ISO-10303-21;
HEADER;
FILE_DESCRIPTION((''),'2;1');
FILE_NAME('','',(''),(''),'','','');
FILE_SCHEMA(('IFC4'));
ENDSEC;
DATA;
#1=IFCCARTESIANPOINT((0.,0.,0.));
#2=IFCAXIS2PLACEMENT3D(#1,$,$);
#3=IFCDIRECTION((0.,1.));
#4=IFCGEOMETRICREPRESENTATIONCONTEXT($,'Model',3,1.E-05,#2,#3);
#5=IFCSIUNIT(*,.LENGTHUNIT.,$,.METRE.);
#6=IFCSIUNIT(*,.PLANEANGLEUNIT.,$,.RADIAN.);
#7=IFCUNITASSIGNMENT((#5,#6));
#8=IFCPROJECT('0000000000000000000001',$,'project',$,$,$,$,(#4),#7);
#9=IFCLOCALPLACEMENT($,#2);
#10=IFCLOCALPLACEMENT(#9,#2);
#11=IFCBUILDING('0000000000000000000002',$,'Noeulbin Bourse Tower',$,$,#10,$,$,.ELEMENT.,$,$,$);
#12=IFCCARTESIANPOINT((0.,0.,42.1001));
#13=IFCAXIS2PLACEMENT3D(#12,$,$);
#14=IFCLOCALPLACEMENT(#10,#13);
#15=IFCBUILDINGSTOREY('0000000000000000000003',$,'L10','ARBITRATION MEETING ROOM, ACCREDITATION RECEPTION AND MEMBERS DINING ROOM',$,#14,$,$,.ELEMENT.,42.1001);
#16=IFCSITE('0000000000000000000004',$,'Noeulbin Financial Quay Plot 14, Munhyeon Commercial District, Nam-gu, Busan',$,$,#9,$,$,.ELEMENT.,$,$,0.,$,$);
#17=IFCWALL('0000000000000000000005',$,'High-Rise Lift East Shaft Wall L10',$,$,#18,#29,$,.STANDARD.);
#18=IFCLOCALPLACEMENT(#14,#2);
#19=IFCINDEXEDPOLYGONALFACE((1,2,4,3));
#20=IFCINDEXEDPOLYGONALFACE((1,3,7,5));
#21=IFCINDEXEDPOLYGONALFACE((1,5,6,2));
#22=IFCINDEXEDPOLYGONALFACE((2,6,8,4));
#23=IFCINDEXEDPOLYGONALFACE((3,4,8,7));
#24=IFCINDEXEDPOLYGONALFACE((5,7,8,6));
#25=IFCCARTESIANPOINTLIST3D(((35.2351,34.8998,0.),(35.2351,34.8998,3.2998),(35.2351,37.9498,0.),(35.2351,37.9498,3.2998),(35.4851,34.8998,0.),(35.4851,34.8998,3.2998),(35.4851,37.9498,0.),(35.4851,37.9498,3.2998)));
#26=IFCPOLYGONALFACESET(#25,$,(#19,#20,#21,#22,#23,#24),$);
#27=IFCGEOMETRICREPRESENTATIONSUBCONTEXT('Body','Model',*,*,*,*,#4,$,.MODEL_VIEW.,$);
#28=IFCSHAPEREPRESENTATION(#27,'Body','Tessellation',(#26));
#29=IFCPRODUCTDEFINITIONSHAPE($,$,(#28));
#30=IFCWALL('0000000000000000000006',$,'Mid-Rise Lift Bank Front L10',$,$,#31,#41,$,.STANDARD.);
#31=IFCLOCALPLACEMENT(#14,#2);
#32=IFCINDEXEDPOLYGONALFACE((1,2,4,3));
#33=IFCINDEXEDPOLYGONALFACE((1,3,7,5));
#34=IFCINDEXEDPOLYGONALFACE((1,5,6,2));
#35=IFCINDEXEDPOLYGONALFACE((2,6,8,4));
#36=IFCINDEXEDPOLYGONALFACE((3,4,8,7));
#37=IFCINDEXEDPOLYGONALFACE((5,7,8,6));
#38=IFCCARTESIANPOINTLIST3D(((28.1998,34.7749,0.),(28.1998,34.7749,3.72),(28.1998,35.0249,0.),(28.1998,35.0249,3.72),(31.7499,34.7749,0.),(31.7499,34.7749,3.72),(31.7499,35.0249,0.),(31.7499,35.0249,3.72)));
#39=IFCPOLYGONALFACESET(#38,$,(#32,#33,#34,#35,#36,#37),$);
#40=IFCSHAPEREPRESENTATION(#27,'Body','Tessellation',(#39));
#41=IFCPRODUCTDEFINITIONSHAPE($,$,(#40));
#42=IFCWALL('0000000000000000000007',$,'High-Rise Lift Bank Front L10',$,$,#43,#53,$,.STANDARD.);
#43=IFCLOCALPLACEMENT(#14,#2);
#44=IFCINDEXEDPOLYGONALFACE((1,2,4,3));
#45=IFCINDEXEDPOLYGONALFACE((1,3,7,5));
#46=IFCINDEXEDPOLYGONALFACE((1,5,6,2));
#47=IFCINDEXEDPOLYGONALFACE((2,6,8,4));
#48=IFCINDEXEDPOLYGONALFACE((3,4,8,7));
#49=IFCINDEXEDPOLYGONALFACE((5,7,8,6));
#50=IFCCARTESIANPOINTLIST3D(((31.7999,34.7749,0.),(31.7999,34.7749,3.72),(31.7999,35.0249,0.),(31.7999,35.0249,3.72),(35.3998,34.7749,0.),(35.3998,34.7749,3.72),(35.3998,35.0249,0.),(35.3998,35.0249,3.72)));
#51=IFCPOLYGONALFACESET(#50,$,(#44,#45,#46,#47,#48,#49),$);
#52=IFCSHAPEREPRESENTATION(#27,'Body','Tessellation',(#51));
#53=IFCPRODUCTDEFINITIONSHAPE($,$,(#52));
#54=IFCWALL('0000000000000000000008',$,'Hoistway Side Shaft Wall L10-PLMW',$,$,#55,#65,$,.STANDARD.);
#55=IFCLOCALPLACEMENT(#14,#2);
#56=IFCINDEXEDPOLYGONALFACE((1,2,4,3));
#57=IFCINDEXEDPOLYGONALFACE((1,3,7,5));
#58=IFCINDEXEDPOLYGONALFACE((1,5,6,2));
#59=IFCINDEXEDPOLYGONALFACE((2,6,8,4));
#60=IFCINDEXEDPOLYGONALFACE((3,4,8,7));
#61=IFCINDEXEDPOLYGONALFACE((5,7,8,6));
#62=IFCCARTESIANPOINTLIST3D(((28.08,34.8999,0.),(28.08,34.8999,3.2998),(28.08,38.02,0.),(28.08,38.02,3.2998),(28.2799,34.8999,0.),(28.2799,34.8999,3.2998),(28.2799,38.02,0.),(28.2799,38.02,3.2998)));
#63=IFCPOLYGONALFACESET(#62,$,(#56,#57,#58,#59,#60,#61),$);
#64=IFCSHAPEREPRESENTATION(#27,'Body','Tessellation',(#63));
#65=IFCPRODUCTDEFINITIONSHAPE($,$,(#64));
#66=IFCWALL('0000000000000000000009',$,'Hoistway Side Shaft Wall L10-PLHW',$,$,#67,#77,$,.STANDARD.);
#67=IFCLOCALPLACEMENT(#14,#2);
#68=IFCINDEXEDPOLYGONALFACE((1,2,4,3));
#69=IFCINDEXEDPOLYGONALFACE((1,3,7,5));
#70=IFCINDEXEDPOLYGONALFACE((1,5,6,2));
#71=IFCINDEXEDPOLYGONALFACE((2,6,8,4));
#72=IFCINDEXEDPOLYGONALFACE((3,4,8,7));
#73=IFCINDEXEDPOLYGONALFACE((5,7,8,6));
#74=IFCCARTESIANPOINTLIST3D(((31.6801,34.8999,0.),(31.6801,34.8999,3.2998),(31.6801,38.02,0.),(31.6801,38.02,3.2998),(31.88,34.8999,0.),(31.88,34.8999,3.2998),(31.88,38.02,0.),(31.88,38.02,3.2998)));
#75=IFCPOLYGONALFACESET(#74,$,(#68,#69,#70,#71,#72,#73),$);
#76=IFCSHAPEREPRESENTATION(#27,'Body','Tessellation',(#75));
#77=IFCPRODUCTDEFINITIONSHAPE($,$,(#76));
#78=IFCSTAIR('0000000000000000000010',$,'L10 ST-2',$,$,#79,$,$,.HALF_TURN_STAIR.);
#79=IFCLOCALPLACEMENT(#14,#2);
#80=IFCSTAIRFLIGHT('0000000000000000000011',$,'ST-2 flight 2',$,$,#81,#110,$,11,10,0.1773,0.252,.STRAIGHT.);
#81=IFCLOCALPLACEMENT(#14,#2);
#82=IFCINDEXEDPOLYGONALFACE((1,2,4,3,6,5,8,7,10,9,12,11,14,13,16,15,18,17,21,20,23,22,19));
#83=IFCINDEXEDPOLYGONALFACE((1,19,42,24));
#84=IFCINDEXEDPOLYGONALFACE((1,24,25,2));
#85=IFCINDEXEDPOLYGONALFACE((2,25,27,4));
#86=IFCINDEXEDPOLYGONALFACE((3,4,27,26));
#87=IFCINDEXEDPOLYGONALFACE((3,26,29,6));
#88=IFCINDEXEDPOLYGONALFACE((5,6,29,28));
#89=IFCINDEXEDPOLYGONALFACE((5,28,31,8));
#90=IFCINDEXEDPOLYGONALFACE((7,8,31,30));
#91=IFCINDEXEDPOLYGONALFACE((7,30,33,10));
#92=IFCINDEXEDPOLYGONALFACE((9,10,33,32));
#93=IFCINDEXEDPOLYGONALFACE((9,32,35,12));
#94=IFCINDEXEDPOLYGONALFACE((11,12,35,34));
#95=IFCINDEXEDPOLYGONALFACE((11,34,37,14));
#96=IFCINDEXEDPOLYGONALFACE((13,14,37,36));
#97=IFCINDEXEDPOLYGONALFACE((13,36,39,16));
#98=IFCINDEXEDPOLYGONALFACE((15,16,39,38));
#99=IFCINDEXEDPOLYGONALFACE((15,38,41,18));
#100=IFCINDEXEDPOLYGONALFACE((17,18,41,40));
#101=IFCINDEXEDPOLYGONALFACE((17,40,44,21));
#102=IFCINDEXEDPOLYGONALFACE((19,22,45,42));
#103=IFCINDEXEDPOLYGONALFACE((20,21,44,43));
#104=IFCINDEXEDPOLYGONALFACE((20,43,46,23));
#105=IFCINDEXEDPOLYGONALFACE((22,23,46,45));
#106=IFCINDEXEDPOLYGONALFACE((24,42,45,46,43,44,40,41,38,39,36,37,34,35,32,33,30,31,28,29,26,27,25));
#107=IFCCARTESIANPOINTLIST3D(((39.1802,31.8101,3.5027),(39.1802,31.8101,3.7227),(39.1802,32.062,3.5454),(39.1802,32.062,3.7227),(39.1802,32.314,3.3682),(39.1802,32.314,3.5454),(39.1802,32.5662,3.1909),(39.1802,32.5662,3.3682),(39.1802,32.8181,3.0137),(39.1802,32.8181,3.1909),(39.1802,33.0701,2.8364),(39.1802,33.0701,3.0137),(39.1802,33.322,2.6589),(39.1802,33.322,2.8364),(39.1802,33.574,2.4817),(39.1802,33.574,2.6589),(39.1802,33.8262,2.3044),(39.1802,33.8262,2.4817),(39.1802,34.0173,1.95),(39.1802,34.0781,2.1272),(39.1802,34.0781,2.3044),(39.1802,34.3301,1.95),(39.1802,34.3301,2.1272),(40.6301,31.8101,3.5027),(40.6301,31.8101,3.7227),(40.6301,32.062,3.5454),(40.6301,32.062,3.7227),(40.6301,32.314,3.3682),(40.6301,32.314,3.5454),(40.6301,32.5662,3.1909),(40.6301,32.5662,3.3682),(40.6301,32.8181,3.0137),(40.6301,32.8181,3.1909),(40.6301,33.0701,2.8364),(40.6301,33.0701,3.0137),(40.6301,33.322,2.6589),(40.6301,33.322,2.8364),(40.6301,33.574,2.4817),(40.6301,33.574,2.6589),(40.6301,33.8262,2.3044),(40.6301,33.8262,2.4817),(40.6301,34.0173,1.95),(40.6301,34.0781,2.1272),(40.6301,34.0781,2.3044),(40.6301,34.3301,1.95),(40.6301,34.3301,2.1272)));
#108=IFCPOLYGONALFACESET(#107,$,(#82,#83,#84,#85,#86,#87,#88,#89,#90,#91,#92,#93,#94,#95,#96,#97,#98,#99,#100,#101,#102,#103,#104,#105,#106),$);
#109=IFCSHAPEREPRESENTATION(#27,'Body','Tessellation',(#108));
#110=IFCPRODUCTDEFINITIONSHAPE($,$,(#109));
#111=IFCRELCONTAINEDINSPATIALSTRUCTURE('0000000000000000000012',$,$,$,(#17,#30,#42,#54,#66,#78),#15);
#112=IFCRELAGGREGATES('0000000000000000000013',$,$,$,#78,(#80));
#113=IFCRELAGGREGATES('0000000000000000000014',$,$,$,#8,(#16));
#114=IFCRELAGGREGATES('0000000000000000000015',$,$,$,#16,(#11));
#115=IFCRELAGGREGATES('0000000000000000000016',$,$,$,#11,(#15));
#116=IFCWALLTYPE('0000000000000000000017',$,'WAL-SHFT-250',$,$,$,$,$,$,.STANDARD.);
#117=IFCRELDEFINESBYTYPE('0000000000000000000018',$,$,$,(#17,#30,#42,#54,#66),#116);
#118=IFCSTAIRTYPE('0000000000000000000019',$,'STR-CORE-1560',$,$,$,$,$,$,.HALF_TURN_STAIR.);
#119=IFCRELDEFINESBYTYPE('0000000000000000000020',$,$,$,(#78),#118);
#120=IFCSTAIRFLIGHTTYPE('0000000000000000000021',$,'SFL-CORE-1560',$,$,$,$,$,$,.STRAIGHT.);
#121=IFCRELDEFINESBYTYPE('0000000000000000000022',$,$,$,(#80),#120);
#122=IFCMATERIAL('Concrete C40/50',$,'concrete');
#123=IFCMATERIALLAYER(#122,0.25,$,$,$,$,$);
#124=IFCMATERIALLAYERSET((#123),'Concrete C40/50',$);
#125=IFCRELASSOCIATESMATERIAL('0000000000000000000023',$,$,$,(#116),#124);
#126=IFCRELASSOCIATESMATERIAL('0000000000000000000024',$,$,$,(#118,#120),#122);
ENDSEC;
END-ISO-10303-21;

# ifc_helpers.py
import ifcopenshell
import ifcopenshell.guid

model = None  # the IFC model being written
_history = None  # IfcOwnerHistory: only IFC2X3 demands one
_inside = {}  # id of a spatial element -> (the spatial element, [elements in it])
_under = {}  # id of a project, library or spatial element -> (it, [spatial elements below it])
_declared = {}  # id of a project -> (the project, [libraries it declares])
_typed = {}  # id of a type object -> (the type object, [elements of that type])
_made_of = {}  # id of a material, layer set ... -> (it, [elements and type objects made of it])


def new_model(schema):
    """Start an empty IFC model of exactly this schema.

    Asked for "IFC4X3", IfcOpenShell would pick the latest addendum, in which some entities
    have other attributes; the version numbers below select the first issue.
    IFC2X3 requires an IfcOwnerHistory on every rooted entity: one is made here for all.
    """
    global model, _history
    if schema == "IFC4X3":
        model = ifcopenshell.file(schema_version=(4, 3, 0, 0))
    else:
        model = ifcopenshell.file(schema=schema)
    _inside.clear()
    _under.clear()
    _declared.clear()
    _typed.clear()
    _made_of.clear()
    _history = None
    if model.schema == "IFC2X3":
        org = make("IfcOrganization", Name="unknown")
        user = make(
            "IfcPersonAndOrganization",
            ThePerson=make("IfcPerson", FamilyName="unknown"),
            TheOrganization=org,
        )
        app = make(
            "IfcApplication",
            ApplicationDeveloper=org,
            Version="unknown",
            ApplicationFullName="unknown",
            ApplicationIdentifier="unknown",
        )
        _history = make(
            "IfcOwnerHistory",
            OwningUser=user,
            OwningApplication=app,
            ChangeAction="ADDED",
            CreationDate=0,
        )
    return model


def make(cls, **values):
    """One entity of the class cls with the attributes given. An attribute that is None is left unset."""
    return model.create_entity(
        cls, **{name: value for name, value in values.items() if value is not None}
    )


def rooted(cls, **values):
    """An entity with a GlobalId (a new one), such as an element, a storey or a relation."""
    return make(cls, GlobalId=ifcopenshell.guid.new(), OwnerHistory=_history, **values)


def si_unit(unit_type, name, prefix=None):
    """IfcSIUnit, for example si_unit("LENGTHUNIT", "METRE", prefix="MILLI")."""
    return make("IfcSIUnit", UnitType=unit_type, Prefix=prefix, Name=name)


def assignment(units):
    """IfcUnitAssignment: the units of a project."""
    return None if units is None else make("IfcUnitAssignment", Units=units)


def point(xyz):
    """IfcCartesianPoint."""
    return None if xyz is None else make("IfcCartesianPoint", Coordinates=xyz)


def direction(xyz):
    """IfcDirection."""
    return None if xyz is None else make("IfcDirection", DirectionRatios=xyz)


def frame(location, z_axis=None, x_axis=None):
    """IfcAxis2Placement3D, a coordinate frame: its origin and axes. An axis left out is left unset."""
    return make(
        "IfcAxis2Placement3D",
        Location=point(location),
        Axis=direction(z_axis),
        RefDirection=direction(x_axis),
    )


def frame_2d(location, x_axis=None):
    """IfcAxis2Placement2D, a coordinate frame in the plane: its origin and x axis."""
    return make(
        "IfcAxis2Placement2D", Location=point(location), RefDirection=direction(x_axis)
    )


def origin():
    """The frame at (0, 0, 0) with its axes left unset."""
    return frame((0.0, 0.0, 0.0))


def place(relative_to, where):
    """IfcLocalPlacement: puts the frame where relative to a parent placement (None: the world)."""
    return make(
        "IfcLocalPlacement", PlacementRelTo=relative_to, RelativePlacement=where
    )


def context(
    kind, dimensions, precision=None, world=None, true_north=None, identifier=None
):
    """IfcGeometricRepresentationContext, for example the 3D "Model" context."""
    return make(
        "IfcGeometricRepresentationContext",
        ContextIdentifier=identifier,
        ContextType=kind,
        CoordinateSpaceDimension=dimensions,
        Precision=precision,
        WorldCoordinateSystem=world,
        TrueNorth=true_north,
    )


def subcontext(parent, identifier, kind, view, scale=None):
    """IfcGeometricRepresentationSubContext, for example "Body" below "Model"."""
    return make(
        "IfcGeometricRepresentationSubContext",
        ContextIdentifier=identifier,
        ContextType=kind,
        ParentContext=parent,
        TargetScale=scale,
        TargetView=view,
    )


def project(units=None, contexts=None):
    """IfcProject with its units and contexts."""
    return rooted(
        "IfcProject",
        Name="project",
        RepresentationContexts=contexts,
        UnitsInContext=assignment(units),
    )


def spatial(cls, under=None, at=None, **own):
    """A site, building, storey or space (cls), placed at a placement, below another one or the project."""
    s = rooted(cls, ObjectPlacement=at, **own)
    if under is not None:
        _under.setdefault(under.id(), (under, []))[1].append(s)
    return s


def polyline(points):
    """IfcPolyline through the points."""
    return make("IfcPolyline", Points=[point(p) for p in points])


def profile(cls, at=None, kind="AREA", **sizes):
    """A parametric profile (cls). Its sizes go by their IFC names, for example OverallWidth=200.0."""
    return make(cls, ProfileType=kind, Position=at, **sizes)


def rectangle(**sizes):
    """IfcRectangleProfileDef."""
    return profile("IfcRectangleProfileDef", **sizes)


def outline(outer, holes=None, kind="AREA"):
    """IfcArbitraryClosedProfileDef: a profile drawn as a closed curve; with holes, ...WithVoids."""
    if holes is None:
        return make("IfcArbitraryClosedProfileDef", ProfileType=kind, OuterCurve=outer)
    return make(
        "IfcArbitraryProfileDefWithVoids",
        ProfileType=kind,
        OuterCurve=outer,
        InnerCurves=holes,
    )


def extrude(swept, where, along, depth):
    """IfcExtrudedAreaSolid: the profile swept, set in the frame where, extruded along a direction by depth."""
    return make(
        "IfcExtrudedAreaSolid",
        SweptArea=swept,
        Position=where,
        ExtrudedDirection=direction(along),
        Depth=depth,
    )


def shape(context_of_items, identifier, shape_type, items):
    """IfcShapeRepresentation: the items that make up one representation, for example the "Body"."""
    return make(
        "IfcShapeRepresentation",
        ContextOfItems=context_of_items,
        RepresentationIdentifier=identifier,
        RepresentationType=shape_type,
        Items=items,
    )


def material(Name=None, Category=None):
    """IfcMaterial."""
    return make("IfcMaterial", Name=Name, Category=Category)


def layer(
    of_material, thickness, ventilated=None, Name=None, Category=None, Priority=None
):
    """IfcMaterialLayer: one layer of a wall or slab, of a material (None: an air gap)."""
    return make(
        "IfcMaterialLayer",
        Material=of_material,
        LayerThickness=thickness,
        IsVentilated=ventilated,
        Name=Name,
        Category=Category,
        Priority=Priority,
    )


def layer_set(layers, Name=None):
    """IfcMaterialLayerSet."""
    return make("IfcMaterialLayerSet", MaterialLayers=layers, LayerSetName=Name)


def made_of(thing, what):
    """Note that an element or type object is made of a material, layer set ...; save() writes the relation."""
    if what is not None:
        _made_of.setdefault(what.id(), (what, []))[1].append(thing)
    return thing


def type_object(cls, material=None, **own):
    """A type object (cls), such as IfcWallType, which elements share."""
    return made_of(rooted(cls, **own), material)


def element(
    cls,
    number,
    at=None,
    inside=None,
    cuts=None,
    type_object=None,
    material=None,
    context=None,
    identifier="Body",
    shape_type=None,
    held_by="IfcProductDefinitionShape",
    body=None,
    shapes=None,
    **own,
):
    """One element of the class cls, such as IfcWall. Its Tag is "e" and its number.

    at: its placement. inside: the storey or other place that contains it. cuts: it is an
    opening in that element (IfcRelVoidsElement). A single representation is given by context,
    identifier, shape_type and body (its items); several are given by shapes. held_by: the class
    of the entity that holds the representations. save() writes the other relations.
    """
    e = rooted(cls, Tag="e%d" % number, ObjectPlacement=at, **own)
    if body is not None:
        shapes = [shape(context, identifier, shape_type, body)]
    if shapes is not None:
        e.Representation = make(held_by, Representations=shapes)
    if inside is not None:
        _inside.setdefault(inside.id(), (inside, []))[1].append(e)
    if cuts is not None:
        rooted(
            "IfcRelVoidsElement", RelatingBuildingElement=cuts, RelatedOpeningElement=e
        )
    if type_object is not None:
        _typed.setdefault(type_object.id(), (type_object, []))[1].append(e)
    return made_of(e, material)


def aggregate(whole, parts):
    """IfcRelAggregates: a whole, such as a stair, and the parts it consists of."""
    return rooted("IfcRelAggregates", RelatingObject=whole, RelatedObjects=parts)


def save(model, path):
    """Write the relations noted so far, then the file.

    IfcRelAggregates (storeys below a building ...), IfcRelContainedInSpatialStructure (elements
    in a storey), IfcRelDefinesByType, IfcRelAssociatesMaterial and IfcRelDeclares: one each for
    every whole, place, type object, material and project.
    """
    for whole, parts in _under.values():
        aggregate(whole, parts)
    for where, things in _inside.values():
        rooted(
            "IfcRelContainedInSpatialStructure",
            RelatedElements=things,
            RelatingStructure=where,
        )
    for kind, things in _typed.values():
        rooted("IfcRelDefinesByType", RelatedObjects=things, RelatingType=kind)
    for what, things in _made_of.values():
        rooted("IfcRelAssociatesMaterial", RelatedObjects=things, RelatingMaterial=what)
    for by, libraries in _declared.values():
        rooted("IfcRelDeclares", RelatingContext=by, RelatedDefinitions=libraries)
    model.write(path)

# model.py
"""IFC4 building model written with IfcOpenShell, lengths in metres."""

from ifc_helpers import new_model, si_unit, direction, frame, frame_2d, origin, place, context, subcontext, project, spatial, polyline, rectangle, outline, extrude, material, layer, layer_set, type_object, element, aggregate, save


model = new_model("IFC4")

# Units and contexts
model_context = context("Model", 3, precision=1e-05, world=origin(), true_north=direction((0.0, 1.0)))
body_context = subcontext(model_context, "Body", "Model", "MODEL_VIEW")
ifc_project = project(units=[si_unit("LENGTHUNIT", "METRE"), si_unit("PLANEANGLEUNIT", "RADIAN")], contexts=[model_context])

# Site, building, storey
site_placement = place(None, origin())
site = spatial("IfcSite", under=ifc_project, at=site_placement, Name="Noeulbin Financial Quay Plot 14, Munhyeon Commercial District, Nam-gu, Busan", CompositionType="ELEMENT", RefElevation=0.0)
building_placement = place(site_placement, origin())
building = spatial("IfcBuilding", under=site, at=building_placement, Name="Noeulbin Bourse Tower", CompositionType="ELEMENT")
storey_placement = place(building_placement, frame((0.0, 0.0, 42.1001)))
storey = spatial("IfcBuildingStorey", under=building, at=storey_placement, Name="L10", Description="ARBITRATION MEETING ROOM, ACCREDITATION RECEPTION AND MEMBERS DINING ROOM", CompositionType="ELEMENT", Elevation=42.1001)

# Shared definitions
ifc_material_1 = material(Name="Concrete C40/50", Category="concrete")

# Shared definitions
ifc_layer_1 = layer(ifc_material_1, 0.25)
ifc_layer_set_1 = layer_set([ifc_layer_1], Name="Concrete C40/50")
wall_type_1 = type_object("IfcWallType", Name="WAL-SHFT-250", PredefinedType="STANDARD", material=ifc_layer_set_1)

# Walls
wall_1_placement = place(storey_placement, frame((35.3601, 34.8999, 0.0), z_axis=(0.0, 0.0, 1.0), x_axis=(0.0, 1.0, 0.0)))
element("IfcWall", 1, at=wall_1_placement, inside=storey, type_object=wall_type_1, Name="High-Rise Lift East Shaft Wall L10", PredefinedType="STANDARD", context=body_context, shape_type="SweptSolid", body=[
    extrude(rectangle(XDim=3.05, YDim=0.25, at=frame_2d((1.5249, 0.0))), origin(), (0.0, 0.0, 1.0), 3.2998),
])
wall_2_placement = place(storey_placement, frame((28.2, 34.8999, 0.0), z_axis=(0.0, 0.0, 1.0), x_axis=(1.0, 0.0, 0.0)))
element("IfcWall", 2, at=wall_2_placement, inside=storey, type_object=wall_type_1, Name="Mid-Rise Lift Bank Front L10", PredefinedType="STANDARD", context=body_context, shape_type="SweptSolid", body=[
    extrude(rectangle(XDim=3.55, YDim=0.25, at=frame_2d((1.7749, 0.0))), origin(), (0.0, 0.0, 1.0), 3.72),
])
wall_3_placement = place(storey_placement, frame((31.8, 34.8999, 0.0), z_axis=(0.0, 0.0, 1.0), x_axis=(1.0, 0.0, 0.0)))
element("IfcWall", 3, at=wall_3_placement, inside=storey, type_object=wall_type_1, Name="High-Rise Lift Bank Front L10", PredefinedType="STANDARD", context=body_context, shape_type="SweptSolid", body=[
    extrude(rectangle(XDim=3.5999, YDim=0.25, at=frame_2d((1.7998, 0.0))), origin(), (0.0, 0.0, 1.0), 3.72),
])
for number, where, z_axis, x_axis, name in (
    (4, (28.1799, 34.8999, 0.0), (0.0, 0.0, 1.0), (0.0, 1.0, 0.0), "Hoistway Side Shaft Wall L10-PLMW"),
    (5, (31.78, 34.8999, 0.0), (0.0, 0.0, 1.0), (0.0, 1.0, 0.0), "Hoistway Side Shaft Wall L10-PLHW"),
):
    element("IfcWall", number, at=place(storey_placement, frame(where, z_axis=z_axis, x_axis=x_axis)), inside=storey, type_object=wall_type_1, Name=name, PredefinedType="STANDARD", context=body_context, shape_type="SweptSolid", body=[
        extrude(rectangle(XDim=3.1201, YDim=0.2, at=frame_2d((1.5601, 0.0))), origin(), (0.0, 0.0, 1.0), 3.2998),
    ])

# Stair, stair flight
stair_type = type_object("IfcStairType", Name="STR-CORE-1560", PredefinedType="HALF_TURN_STAIR", material=ifc_material_1)
stair_placement = place(storey_placement, origin())
stair = element("IfcStair", 6, at=stair_placement, inside=storey, type_object=stair_type, Name="L10 ST-2", PredefinedType="HALF_TURN_STAIR")
stair_flight_type = type_object("IfcStairFlightType", Name="SFL-CORE-1560", PredefinedType="STRAIGHT", material=ifc_material_1)
stair_flight_placement = place(storey_placement, frame((39.905, 34.3301, 1.95), z_axis=(0.0, 0.0, 1.0), x_axis=(0.0, -1.0, 0.0)))
stair_flight = element("IfcStairFlight", 7, at=stair_flight_placement, type_object=stair_flight_type, Name="ST-2 flight 2", NumberOfRisers=11, NumberOfTreads=10, PredefinedType="STRAIGHT", RiserHeight=0.1773, TreadLength=0.252, context=body_context, shape_type="SweptSolid", body=[
    extrude(outline(polyline([(0.0, 0.0), (0.0, 0.1772), (0.252, 0.1772), (0.252, 0.3545), (0.5039, 0.3545), (0.5039, 0.5317), (0.7561, 0.5317), (0.7561, 0.709), (1.0081, 0.709), (1.0081, 0.8865), (1.26, 0.8865), (1.26, 1.0637), (1.512, 1.0637), (1.512, 1.241), (1.7639, 1.241), (1.7639, 1.4182), (2.0161, 1.4182), (2.0161, 1.5955), (2.2681, 1.5955), (2.2681, 1.7727), (2.52, 1.7727), (2.52, 1.95), (2.52, 1.5527), (0.3127, 0.0), (0.0, 0.0)])), frame((0.0, 0.7251, 0.0), z_axis=(0.0, -1.0, 0.0), x_axis=(1.0, 0.0, 0.0)), (0.0, 0.0, 1.0), 1.45),
])
aggregate(stair, [stair_flight])

save(model, "model.ifc")
